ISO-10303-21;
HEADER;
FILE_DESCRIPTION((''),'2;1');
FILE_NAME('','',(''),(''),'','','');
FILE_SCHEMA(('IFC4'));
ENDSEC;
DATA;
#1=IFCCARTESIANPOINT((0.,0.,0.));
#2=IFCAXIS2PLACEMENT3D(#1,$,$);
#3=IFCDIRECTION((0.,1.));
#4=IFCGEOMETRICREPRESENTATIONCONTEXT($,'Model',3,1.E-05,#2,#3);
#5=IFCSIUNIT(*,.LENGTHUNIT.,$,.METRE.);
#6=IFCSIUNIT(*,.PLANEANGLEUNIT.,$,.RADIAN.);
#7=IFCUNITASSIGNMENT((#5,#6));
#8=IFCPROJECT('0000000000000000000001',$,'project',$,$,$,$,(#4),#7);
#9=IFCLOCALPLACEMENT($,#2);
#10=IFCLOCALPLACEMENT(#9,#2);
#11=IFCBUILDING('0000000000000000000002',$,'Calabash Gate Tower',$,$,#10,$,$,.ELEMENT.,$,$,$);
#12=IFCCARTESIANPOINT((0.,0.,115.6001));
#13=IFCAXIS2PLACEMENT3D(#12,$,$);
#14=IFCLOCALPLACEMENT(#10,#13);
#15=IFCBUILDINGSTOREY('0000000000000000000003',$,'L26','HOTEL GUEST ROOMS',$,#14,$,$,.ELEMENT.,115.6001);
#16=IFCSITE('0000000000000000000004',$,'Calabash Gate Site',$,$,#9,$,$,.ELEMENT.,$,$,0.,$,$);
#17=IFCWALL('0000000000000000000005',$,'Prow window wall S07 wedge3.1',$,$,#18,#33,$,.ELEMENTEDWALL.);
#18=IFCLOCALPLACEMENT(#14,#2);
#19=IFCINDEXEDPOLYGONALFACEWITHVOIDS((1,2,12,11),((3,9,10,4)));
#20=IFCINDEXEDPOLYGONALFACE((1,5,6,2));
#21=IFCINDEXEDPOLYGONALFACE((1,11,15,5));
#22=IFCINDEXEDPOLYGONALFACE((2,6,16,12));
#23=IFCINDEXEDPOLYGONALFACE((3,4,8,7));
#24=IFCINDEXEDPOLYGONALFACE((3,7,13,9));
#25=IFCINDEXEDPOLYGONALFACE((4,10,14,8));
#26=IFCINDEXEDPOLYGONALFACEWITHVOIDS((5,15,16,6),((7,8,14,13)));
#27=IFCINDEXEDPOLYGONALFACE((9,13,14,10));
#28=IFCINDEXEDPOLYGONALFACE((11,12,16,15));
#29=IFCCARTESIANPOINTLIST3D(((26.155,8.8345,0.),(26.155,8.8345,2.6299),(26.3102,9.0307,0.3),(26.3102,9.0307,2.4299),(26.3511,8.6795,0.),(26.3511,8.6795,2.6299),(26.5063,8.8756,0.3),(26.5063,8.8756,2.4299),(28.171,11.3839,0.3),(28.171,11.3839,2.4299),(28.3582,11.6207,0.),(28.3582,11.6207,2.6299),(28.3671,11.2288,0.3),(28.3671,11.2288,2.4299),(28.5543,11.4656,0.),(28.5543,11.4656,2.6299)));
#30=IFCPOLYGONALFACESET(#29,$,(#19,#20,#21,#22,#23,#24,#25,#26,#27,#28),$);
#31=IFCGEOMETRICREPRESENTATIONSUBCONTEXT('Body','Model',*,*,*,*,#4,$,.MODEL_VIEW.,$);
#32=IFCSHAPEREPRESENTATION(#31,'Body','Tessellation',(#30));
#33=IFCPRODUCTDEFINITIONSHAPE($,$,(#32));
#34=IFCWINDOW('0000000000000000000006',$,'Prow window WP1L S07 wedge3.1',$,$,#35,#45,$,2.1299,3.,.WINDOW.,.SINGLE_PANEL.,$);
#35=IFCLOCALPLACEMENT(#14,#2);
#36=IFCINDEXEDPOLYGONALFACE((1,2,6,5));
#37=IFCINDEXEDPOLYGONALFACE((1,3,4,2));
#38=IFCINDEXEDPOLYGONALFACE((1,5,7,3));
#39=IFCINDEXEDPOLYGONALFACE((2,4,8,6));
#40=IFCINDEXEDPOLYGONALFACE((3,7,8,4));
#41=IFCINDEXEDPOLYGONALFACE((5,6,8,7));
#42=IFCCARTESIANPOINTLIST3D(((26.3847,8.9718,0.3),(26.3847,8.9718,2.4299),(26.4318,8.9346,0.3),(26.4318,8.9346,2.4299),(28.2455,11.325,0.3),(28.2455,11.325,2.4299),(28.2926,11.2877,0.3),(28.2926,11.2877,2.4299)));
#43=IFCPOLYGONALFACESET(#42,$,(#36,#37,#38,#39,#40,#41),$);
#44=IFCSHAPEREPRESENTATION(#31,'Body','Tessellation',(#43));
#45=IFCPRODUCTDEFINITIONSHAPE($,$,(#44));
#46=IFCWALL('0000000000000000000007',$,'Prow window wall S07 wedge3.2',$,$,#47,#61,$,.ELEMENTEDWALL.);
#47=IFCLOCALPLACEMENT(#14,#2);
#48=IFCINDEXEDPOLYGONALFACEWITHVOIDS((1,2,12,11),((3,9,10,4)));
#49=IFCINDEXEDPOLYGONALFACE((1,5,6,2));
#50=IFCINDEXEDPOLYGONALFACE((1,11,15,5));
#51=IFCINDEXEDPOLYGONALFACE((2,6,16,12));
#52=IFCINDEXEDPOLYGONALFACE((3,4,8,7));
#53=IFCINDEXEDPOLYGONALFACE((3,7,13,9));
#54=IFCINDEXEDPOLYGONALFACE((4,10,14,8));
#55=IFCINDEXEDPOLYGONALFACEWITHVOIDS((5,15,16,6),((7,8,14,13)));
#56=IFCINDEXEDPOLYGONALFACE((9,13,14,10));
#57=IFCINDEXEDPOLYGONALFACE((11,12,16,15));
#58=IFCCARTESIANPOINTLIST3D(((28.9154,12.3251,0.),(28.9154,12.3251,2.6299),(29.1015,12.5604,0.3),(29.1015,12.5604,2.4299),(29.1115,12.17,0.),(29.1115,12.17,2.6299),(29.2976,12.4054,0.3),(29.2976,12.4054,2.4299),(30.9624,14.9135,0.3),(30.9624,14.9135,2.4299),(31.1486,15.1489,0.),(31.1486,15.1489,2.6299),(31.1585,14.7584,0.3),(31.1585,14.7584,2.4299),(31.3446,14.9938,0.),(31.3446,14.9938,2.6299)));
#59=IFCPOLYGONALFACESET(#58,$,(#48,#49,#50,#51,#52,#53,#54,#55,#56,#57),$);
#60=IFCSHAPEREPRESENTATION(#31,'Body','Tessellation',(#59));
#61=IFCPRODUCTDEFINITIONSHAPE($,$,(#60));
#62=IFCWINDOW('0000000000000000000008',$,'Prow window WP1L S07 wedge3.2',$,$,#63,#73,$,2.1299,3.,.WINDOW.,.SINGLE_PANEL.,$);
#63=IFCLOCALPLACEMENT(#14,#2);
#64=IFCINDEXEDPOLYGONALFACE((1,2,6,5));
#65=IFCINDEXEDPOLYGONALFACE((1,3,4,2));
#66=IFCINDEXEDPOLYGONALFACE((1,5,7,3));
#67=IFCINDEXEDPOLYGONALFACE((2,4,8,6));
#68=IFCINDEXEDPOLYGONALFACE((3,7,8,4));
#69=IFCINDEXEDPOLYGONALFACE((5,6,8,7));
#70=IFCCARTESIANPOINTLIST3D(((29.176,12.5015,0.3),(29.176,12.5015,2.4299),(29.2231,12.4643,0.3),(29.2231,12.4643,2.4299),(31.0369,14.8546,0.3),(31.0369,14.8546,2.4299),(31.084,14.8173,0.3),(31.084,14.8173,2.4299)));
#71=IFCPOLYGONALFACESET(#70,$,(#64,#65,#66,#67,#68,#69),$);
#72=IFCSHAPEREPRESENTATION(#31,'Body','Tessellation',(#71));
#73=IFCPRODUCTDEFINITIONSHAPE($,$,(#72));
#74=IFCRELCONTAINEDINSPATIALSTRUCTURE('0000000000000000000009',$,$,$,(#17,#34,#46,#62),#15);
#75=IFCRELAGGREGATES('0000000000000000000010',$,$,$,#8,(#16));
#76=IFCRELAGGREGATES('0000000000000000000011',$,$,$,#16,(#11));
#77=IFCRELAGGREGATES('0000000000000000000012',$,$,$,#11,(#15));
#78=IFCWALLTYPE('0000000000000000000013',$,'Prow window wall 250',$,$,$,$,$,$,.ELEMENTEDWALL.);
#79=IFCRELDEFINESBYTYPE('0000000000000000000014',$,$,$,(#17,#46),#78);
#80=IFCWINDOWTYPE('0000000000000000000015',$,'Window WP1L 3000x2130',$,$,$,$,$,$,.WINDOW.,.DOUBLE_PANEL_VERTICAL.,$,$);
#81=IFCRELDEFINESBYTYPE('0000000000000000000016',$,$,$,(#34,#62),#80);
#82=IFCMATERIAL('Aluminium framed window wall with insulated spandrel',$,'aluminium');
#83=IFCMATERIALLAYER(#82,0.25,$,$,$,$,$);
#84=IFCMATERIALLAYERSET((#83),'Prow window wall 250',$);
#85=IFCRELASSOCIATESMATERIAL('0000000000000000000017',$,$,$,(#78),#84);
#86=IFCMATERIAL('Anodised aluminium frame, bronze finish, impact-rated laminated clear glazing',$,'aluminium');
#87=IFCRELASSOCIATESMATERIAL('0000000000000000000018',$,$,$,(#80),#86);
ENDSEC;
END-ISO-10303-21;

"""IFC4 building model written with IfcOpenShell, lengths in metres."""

from ifc_helpers import new_model, si_unit, direction, frame, frame_2d, origin, place, context, subcontext, project, spatial, rectangle, extrude, material, layer, layer_set, type_object, element, fill, save


model = new_model("IFC4")

# Units and contexts
model_context = context("Model", 3, precision=1e-05, world=origin(), true_north=direction((0.0, 1.0)))
body_context = subcontext(model_context, "Body", "Model", "MODEL_VIEW")
ifc_project = project(units=[si_unit("LENGTHUNIT", "METRE"), si_unit("PLANEANGLEUNIT", "RADIAN")], contexts=[model_context])

# Site, building, storey
site_placement = place(None, origin())
site = spatial("IfcSite", under=ifc_project, at=site_placement, Name="Calabash Gate Site", CompositionType="ELEMENT", RefElevation=0.0)
building_placement = place(site_placement, origin())
building = spatial("IfcBuilding", under=site, at=building_placement, Name="Calabash Gate Tower", CompositionType="ELEMENT")
storey_placement = place(building_placement, frame((0.0, 0.0, 115.6001)))
storey = spatial("IfcBuildingStorey", under=building, at=storey_placement, Name="L26", Description="HOTEL GUEST ROOMS", CompositionType="ELEMENT", Elevation=115.6001)

# Walls, openings, windows
ifc_material_1 = material(Name="Aluminium framed window wall with insulated spandrel", Category="aluminium")
ifc_layer_1 = layer(ifc_material_1, 0.25)
ifc_layer_set_1 = layer_set([ifc_layer_1], Name="Prow window wall 250")
wall_type_1 = type_object("IfcWallType", Name="Prow window wall 250", PredefinedType="ELEMENTEDWALL", material=ifc_layer_set_1)
wall_1_placement = place(storey_placement, frame((26.2532, 8.7571, 0.0), z_axis=(0.0, 0.0, 1.0), x_axis=(0.620259, 0.784397, 0.0)))
wall_1 = element("IfcWall", 1, at=wall_1_placement, inside=storey, type_object=wall_type_1, Name="Prow window wall S07 wedge3.1", PredefinedType="ELEMENTEDWALL", context=body_context, shape_type="SweptSolid", body=[
    extrude(rectangle(XDim=3.552, YDim=0.25, at=frame_2d((1.7759, 0.0))), origin(), (0.0, 0.0, 1.0), 2.6299),
])
opening_1_placement = place(wall_1_placement, frame((0.25, 0.0, 0.3)))
opening_1 = element("IfcOpeningElement", 2, at=opening_1_placement, cuts=wall_1, PredefinedType="OPENING", context=body_context, shape_type="SweptSolid", body=[
    extrude(rectangle(XDim=3.0, YDim=2.1299, at=frame_2d((1.5, 1.0649))), frame((0.0, 0.135, 0.0), z_axis=(0.0, -1.0, 0.0), x_axis=(1.0, 0.0, 0.0)), (0.0, 0.0, 1.0), 0.27),
])
ifc_material_2 = material(Name="Anodised aluminium frame, bronze finish, impact-rated laminated clear glazing", Category="aluminium")
window_type = type_object("IfcWindowType", Name="Window WP1L 3000x2130", PartitioningType="DOUBLE_PANEL_VERTICAL", PredefinedType="WINDOW", material=ifc_material_2)
window_1_placement = place(opening_1_placement, origin())
window_1 = element("IfcWindow", 3, at=window_1_placement, inside=storey, type_object=window_type, Name="Prow window WP1L S07 wedge3.1", OverallHeight=2.1299, OverallWidth=3.0, PartitioningType="SINGLE_PANEL", PredefinedType="WINDOW", context=body_context, shape_type="SweptSolid", body=[
    extrude(rectangle(XDim=3.0, YDim=2.1299, at=frame_2d((1.5, 1.0649))), frame((0.0, 0.03, 0.0), z_axis=(0.0, -1.0, 0.0), x_axis=(1.0, 0.0, 0.0)), (0.0, 0.0, 1.0), 0.0601),
])
fill(opening_1, window_1)
wall_2_placement = place(storey_placement, frame((29.0134, 12.2476, 0.0), z_axis=(0.0, 0.0, 1.0), x_axis=(0.62031, 0.784357, 0.0)))
wall_2 = element("IfcWall", 4, at=wall_2_placement, inside=storey, type_object=wall_type_1, Name="Prow window wall S07 wedge3.2", PredefinedType="ELEMENTEDWALL", context=body_context, shape_type="SweptSolid", body=[
    extrude(rectangle(XDim=3.6001, YDim=0.25, at=frame_2d((1.8, 0.0))), origin(), (0.0, 0.0, 1.0), 2.6299),
])
opening_2_placement = place(wall_2_placement, frame((0.3, 0.0, 0.3)))
opening_2 = element("IfcOpeningElement", 5, at=opening_2_placement, cuts=wall_2, PredefinedType="OPENING", context=body_context, shape_type="SweptSolid", body=[
    extrude(rectangle(XDim=3.0, YDim=2.1299, at=frame_2d((1.5, 1.0649))), frame((0.0, 0.135, 0.0), z_axis=(0.0, -1.0, 0.0), x_axis=(1.0, 0.0, 0.0)), (0.0, 0.0, 1.0), 0.27),
])
window_2_placement = place(opening_2_placement, origin())
window_2 = element("IfcWindow", 6, at=window_2_placement, inside=storey, type_object=window_type, Name="Prow window WP1L S07 wedge3.2", OverallHeight=2.1299, OverallWidth=3.0, PartitioningType="SINGLE_PANEL", PredefinedType="WINDOW", context=body_context, shape_type="SweptSolid", body=[
    extrude(rectangle(XDim=3.0, YDim=2.1299, at=frame_2d((1.5, 1.0649))), frame((0.0, 0.03, 0.0), z_axis=(0.0, -1.0, 0.0), x_axis=(1.0, 0.0, 0.0)), (0.0, 0.0, 1.0), 0.0601),
])
fill(opening_2, window_2)

save(model, "model.ifc")
